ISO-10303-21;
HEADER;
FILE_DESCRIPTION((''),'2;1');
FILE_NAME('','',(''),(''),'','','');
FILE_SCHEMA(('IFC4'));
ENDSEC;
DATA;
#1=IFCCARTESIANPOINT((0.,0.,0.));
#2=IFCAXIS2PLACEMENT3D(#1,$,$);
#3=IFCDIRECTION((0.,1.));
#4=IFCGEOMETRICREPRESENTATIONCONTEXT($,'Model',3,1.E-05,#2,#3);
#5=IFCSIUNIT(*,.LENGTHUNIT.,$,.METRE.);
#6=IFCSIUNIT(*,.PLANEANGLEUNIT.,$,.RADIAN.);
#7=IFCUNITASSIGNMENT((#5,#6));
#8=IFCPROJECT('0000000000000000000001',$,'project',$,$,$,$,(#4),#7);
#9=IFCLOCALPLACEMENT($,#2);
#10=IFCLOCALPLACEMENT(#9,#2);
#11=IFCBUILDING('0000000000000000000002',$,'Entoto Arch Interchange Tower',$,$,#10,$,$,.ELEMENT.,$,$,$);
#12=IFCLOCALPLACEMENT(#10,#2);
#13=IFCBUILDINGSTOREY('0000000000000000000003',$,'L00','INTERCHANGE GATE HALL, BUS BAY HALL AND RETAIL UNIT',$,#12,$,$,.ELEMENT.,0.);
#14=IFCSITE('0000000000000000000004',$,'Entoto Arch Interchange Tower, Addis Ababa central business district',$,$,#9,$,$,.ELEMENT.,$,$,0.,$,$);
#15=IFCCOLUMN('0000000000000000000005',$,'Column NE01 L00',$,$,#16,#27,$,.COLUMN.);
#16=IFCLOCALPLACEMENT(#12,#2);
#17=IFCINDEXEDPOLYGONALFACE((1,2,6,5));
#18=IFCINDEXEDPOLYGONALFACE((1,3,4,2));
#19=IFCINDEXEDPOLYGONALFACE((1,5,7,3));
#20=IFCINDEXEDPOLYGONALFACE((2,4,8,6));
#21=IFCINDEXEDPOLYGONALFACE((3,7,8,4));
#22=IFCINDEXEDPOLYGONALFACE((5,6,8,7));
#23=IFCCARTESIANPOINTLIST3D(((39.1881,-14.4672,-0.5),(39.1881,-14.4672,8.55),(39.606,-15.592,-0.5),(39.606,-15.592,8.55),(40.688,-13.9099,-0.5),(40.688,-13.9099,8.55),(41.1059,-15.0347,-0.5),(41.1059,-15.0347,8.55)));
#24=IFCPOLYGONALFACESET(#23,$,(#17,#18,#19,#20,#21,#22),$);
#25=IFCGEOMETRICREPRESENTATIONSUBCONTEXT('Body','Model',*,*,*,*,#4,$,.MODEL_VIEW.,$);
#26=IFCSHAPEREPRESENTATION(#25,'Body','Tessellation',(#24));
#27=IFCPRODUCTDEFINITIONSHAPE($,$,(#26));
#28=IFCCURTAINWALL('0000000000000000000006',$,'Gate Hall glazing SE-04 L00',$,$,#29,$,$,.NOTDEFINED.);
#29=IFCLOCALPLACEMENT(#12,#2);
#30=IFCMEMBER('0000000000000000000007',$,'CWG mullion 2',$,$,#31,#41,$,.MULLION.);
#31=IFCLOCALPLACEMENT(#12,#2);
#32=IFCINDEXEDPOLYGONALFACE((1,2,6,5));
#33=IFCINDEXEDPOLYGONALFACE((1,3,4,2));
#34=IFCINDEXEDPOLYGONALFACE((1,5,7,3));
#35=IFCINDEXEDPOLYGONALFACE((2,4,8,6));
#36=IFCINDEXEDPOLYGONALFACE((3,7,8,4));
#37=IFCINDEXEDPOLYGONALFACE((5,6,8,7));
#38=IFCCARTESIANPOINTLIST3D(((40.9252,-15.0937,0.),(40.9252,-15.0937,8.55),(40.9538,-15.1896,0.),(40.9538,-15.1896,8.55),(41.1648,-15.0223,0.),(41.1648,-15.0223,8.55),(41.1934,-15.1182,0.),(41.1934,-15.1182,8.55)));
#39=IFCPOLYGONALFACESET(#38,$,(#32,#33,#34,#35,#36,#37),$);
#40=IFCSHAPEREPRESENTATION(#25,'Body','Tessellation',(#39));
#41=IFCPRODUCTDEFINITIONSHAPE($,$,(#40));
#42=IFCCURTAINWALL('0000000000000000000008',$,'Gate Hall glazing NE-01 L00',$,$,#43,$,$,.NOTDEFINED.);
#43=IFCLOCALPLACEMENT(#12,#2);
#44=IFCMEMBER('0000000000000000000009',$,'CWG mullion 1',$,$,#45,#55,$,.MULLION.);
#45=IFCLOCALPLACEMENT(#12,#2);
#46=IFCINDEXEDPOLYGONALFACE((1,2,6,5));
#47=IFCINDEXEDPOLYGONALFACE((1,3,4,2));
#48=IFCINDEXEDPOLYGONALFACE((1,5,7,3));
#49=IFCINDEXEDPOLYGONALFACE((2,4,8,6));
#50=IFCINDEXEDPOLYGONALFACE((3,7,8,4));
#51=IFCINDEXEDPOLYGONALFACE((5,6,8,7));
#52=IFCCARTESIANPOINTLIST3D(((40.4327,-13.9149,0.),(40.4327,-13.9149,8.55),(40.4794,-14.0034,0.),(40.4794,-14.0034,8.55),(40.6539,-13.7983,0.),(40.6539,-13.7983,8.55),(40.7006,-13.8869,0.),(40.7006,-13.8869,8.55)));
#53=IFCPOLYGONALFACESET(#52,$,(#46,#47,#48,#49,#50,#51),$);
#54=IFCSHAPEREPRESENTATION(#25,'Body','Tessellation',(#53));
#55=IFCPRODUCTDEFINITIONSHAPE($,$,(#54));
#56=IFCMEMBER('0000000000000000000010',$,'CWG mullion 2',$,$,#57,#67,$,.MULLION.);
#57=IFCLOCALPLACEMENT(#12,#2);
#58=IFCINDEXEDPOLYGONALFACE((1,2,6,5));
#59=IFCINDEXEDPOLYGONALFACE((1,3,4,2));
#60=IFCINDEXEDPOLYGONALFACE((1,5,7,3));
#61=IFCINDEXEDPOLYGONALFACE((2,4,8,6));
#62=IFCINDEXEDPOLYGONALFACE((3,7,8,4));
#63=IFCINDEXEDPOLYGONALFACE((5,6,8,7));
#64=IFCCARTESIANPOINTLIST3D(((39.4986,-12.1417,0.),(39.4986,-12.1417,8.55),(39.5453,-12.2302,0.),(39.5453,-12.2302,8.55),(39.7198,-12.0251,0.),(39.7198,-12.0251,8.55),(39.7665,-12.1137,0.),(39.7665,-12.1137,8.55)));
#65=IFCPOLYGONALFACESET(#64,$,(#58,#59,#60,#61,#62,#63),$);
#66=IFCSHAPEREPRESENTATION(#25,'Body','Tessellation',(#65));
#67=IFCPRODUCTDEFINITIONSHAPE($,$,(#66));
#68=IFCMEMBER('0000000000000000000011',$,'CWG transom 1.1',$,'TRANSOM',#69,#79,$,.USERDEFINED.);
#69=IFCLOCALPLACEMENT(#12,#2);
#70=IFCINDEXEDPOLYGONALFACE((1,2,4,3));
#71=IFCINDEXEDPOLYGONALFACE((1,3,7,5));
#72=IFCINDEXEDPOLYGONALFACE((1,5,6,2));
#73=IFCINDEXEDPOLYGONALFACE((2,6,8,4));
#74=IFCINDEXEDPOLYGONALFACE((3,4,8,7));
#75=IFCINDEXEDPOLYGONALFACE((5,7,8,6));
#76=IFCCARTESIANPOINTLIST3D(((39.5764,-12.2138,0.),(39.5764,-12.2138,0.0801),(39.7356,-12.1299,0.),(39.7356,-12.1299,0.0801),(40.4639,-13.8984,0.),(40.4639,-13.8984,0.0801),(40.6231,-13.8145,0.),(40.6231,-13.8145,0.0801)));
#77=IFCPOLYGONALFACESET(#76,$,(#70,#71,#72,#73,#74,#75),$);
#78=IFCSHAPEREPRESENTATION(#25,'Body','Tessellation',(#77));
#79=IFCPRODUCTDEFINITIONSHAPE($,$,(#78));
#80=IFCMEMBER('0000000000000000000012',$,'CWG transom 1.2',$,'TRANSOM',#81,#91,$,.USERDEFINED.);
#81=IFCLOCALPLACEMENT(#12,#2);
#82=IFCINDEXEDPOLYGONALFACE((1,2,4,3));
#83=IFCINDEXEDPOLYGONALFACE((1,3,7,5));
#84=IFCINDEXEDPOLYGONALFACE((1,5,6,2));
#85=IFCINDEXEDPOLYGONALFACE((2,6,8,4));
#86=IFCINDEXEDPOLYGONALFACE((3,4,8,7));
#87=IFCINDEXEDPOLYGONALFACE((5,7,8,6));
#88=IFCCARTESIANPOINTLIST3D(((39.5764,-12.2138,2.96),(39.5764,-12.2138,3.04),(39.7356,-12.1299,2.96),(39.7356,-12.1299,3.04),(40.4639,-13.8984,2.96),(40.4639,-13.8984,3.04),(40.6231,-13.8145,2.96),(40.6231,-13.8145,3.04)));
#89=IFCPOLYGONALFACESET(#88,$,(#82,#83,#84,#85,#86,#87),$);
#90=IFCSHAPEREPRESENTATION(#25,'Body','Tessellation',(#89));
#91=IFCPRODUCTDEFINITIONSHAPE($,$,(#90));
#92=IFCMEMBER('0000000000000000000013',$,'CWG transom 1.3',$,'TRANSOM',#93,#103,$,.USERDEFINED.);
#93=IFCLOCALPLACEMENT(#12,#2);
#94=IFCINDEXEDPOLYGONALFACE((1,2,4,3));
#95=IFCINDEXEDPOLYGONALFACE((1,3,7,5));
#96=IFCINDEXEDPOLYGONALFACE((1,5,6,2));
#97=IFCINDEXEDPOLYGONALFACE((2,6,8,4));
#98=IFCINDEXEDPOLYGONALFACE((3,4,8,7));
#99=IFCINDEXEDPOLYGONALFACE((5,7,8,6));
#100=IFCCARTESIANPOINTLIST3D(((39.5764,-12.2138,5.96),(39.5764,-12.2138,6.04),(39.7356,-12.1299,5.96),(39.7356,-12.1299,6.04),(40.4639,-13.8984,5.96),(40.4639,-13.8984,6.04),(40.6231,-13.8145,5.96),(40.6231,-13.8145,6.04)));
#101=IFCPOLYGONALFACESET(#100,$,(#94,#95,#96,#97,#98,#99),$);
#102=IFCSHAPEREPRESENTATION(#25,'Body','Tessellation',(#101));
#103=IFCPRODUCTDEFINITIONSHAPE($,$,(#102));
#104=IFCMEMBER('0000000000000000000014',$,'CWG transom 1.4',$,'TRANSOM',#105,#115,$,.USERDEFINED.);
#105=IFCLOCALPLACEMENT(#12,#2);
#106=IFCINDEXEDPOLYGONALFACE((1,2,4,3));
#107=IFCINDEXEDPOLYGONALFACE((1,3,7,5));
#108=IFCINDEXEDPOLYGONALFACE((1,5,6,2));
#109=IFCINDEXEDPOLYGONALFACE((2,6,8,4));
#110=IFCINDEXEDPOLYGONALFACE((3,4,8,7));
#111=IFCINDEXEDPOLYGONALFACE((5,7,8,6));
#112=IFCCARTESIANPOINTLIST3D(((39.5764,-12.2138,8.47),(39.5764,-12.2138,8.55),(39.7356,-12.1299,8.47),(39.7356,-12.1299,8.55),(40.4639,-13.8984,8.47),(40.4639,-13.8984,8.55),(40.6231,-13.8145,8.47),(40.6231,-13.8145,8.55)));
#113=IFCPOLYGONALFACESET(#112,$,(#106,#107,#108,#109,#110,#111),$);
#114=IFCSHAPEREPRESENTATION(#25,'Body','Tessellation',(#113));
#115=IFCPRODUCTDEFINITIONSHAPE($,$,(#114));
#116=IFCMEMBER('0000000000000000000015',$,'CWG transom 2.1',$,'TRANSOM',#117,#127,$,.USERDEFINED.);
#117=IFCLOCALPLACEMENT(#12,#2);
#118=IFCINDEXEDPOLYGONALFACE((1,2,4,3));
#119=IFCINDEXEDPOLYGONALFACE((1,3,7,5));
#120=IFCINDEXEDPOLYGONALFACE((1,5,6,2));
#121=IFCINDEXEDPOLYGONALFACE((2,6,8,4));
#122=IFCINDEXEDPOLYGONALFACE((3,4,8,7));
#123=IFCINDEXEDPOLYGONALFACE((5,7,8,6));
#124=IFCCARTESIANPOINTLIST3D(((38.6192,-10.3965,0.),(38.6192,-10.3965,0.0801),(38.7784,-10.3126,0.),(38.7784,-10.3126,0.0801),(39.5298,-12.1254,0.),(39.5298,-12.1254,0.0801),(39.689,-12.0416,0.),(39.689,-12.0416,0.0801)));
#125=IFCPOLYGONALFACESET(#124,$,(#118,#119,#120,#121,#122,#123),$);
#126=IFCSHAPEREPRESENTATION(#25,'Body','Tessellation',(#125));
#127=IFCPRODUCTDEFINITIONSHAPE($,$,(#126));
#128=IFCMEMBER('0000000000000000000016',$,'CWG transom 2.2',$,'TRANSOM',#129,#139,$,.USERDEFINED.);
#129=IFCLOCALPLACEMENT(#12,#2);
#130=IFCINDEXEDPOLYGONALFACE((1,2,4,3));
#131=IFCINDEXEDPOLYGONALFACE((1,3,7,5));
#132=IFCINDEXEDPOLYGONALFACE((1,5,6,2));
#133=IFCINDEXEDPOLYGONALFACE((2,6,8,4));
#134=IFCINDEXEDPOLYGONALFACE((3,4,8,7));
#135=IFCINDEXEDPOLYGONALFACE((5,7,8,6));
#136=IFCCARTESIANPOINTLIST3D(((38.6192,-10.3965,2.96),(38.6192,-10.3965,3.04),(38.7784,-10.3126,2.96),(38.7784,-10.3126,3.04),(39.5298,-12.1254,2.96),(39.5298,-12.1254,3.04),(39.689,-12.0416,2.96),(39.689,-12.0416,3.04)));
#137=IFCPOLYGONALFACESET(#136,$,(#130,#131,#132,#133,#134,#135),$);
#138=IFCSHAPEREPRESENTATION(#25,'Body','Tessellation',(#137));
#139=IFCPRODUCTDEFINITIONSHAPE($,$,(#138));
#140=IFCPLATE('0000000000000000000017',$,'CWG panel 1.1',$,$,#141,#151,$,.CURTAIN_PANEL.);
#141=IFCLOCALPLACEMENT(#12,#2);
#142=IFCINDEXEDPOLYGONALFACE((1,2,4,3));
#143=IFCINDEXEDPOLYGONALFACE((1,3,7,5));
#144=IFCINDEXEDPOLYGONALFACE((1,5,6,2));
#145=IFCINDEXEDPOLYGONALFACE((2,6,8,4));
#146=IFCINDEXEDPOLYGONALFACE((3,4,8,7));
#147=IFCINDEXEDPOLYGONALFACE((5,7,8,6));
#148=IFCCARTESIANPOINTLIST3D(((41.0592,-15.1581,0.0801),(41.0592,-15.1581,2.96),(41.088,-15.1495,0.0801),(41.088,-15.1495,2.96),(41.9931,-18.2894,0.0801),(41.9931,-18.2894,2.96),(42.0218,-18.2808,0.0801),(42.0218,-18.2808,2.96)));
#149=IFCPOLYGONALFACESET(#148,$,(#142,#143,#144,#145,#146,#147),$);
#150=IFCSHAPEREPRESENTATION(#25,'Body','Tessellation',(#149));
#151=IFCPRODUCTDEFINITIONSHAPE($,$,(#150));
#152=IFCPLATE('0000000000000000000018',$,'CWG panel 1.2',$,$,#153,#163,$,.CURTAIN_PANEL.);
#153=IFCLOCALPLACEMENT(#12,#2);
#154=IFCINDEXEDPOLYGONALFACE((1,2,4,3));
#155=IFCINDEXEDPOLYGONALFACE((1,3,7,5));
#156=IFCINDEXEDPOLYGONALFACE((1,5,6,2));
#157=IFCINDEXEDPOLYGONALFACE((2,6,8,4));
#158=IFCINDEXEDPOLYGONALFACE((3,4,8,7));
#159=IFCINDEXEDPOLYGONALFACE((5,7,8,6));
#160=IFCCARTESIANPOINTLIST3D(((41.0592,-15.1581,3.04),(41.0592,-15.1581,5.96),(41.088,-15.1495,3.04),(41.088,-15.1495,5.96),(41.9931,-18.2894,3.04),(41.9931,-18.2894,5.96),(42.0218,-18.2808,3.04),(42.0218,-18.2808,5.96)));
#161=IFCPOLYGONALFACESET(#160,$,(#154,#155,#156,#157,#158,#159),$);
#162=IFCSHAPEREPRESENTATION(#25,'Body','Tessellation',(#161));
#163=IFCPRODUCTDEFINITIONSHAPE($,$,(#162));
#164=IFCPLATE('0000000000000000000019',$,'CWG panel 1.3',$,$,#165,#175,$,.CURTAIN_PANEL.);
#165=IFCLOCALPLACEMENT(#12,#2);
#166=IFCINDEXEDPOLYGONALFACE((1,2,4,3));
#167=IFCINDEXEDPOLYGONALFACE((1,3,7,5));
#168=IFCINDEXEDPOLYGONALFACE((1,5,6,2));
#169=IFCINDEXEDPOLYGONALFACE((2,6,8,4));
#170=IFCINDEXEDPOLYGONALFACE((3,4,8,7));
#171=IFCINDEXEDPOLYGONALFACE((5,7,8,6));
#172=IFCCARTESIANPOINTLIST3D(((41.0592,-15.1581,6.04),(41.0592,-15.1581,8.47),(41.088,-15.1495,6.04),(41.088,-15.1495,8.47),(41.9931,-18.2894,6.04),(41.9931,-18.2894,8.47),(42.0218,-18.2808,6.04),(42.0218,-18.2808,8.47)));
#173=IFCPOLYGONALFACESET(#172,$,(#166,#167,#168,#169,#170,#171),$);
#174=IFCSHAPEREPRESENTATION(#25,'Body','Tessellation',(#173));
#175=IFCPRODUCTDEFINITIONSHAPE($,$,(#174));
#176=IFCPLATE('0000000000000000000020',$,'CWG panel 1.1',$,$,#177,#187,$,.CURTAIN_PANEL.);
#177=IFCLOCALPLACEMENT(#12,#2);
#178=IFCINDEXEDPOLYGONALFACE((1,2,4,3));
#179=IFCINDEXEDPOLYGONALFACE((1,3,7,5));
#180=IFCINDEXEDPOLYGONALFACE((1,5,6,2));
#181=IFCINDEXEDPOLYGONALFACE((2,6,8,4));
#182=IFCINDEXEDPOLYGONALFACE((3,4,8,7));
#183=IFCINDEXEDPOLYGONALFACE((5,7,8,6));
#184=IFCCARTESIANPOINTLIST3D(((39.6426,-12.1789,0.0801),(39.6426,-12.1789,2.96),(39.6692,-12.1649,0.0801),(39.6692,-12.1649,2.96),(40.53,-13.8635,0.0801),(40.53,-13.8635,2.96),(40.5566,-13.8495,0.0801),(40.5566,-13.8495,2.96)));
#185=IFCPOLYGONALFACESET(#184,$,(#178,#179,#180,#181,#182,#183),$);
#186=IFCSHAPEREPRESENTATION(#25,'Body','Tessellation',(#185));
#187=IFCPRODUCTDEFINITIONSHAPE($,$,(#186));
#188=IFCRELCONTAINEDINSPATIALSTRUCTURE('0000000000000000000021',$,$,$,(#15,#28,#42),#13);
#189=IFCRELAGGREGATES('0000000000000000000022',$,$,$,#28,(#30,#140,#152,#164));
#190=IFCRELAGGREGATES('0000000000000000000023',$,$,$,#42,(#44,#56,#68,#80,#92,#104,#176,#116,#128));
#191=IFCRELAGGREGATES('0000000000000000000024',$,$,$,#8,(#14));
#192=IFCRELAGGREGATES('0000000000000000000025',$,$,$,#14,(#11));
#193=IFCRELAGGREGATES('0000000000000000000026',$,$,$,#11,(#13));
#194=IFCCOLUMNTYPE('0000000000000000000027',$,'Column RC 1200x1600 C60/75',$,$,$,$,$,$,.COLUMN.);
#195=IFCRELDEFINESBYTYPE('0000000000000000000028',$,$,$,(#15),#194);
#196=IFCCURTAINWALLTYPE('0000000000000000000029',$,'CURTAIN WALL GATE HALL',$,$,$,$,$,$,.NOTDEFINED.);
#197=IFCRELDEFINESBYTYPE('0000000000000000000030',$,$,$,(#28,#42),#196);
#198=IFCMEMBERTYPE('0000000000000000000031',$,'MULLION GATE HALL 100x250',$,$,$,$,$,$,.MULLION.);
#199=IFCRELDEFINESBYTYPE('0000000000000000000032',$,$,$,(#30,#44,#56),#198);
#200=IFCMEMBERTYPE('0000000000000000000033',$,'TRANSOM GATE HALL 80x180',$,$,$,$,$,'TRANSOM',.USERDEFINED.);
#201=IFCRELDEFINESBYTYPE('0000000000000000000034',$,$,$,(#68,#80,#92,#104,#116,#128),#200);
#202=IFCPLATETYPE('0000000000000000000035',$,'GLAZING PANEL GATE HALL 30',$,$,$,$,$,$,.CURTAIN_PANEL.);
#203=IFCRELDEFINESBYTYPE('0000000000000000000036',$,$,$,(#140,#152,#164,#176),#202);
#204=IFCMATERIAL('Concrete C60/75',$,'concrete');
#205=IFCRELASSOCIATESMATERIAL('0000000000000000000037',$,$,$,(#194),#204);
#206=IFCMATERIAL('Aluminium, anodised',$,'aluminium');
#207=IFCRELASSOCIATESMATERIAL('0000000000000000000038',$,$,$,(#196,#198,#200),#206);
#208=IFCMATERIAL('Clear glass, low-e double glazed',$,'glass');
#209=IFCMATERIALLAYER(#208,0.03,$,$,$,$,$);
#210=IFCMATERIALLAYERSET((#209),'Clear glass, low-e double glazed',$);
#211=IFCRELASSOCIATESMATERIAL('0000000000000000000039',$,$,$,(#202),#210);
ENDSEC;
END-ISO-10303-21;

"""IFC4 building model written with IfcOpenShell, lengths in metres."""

from ifc_helpers import new_model, si_unit, direction, frame, origin, origin_2d, place, context, subcontext, project, spatial, rectangle, extrude, material, layer, layer_set, material_profile, profile_set, type_object, element, aggregate, save


model = new_model("IFC4")

# Units and contexts
model_context = context("Model", 3, precision=1e-05, world=origin(), true_north=direction((0.0, 1.0)))
body_context = subcontext(model_context, "Body", "Model", "MODEL_VIEW")
ifc_project = project(units=[si_unit("LENGTHUNIT", "METRE"), si_unit("PLANEANGLEUNIT", "RADIAN")], contexts=[model_context])

# Site, building, storey
site_placement = place(None, origin())
site = spatial("IfcSite", under=ifc_project, at=site_placement, Name="Entoto Arch Interchange Tower, Addis Ababa central business district", CompositionType="ELEMENT", RefElevation=0.0)
building_placement = place(site_placement, origin())
building = spatial("IfcBuilding", under=site, at=building_placement, Name="Entoto Arch Interchange Tower", CompositionType="ELEMENT")
storey_placement = place(building_placement, origin())
storey = spatial("IfcBuildingStorey", under=building, at=storey_placement, Name="L00", Description="INTERCHANGE GATE HALL, BUS BAY HALL AND RETAIL UNIT", CompositionType="ELEMENT", Elevation=0.0)

# Column
ifc_material_1 = material(Name="Concrete C60/75", Category="concrete")
ifc_material_profile_1 = material_profile(ifc_material_1, rectangle(XDim=1.2, YDim=1.6001, at=origin_2d()))
ifc_profile_set_1 = profile_set([ifc_material_profile_1], Name="Concrete C60/75")
column_type = type_object("IfcColumnType", Name="Column RC 1200x1600 C60/75", PredefinedType="COLUMN", material=ifc_profile_set_1)
column_placement = place(storey_placement, frame((40.147, -14.751, -0.5), z_axis=(0.0, 0.0, 1.0), x_axis=(-0.348278, 0.937391, 0.0)))
element("IfcColumn", 1, at=column_placement, inside=storey, type_object=column_type, Name="Column NE01 L00", PredefinedType="COLUMN", context=body_context, shape_type="SweptSolid", body=[
    extrude(rectangle(XDim=1.2, YDim=1.6001, at=origin_2d()), origin(), (0.0, 0.0, 1.0), 9.05),
])

# Curtain wall, member
ifc_material_2 = material(Name="Aluminium, anodised", Category="aluminium")
curtain_wall_type = type_object("IfcCurtainWallType", Name="CURTAIN WALL GATE HALL", PredefinedType="NOTDEFINED", material=ifc_material_2)
curtain_wall_1_placement = place(storey_placement, origin())
curtain_wall_1 = element("IfcCurtainWall", 2, at=curtain_wall_1_placement, inside=storey, type_object=curtain_wall_type, Name="Gate Hall glazing SE-04 L00", PredefinedType="NOTDEFINED")
ifc_material_profile_2 = material_profile(ifc_material_2, rectangle(XDim=0.25, YDim=0.1001, at=origin_2d()))
ifc_profile_set_2 = profile_set([ifc_material_profile_2], Name="Aluminium, anodised")
member_type_1 = type_object("IfcMemberType", Name="MULLION GATE HALL 100x250", PredefinedType="MULLION", material=ifc_profile_set_2)
member_1_placement = place(storey_placement, frame((41.0593, -15.106, 0.0), z_axis=(0.0, 0.0, 1.0), x_axis=(-0.958293, -0.285787, 0.0)))
member_1 = element("IfcMember", 3, at=member_1_placement, type_object=member_type_1, Name="CWG mullion 2", PredefinedType="MULLION", context=body_context, shape_type="SweptSolid", body=[
    extrude(rectangle(XDim=0.25, YDim=0.1001, at=origin_2d()), origin(), (0.0, 0.0, 1.0), 8.55),
])

# Curtain wall, members
curtain_wall_2_placement = place(storey_placement, origin())
curtain_wall_2 = element("IfcCurtainWall", 4, at=curtain_wall_2_placement, inside=storey, type_object=curtain_wall_type, Name="Gate Hall glazing NE-01 L00", PredefinedType="NOTDEFINED")
member_2_placement = place(storey_placement, frame((40.5667, -13.9009, 0.0), z_axis=(0.0, 0.0, 1.0), x_axis=(-0.884749, -0.466067, 0.0)))
member_2 = element("IfcMember", 5, at=member_2_placement, type_object=member_type_1, Name="CWG mullion 1", PredefinedType="MULLION", context=body_context, shape_type="SweptSolid", body=[
    extrude(rectangle(XDim=0.25, YDim=0.1001, at=origin_2d()), origin(), (0.0, 0.0, 1.0), 8.55),
])
member_3_placement = place(storey_placement, frame((39.6326, -12.1277, 0.0), z_axis=(0.0, 0.0, 1.0), x_axis=(-0.884749, -0.466067, 0.0)))
member_3 = element("IfcMember", 6, at=member_3_placement, type_object=member_type_1, Name="CWG mullion 2", PredefinedType="MULLION", context=body_context, shape_type="SweptSolid", body=[
    extrude(rectangle(XDim=0.25, YDim=0.1001, at=origin_2d()), origin(), (0.0, 0.0, 1.0), 8.55),
])
ifc_material_profile_3 = material_profile(ifc_material_2, rectangle(XDim=0.1799, YDim=0.0801, at=origin_2d()))
ifc_profile_set_3 = profile_set([ifc_material_profile_3], Name="Aluminium, anodised")
member_type_2 = type_object("IfcMemberType", Name="TRANSOM GATE HALL 80x180", ElementType="TRANSOM", PredefinedType="USERDEFINED", material=ifc_profile_set_3)
member_4_placement = place(storey_placement, frame((40.5435, -13.8564, 0.04), z_axis=(-0.46609, 0.884737, 0.0), x_axis=(-0.884737, -0.46609, 0.0)))
member_4 = element("IfcMember", 7, at=member_4_placement, type_object=member_type_2, Name="CWG transom 1.1", ObjectType="TRANSOM", PredefinedType="USERDEFINED", context=body_context, shape_type="SweptSolid", body=[
    extrude(rectangle(XDim=0.1799, YDim=0.0801, at=origin_2d()), origin(), (0.0, 0.0, 1.0), 1.9041),
])
member_5_placement = place(storey_placement, frame((40.5435, -13.8564, 3.0), z_axis=(-0.46609, 0.884737, 0.0), x_axis=(-0.884737, -0.46609, 0.0)))
member_5 = element("IfcMember", 8, at=member_5_placement, type_object=member_type_2, Name="CWG transom 1.2", ObjectType="TRANSOM", PredefinedType="USERDEFINED", context=body_context, shape_type="SweptSolid", body=[
    extrude(rectangle(XDim=0.1799, YDim=0.0801, at=origin_2d()), origin(), (0.0, 0.0, 1.0), 1.9041),
])
member_6_placement = place(storey_placement, frame((40.5435, -13.8564, 6.0), z_axis=(-0.46609, 0.884737, 0.0), x_axis=(-0.884737, -0.46609, 0.0)))
member_6 = element("IfcMember", 9, at=member_6_placement, type_object=member_type_2, Name="CWG transom 1.3", ObjectType="TRANSOM", PredefinedType="USERDEFINED", context=body_context, shape_type="SweptSolid", body=[
    extrude(rectangle(XDim=0.1799, YDim=0.0801, at=origin_2d()), origin(), (0.0, 0.0, 1.0), 1.9041),
])
member_7_placement = place(storey_placement, frame((40.5435, -13.8564, 8.51), z_axis=(-0.46609, 0.884737, 0.0), x_axis=(-0.884737, -0.46609, 0.0)))
member_7 = element("IfcMember", 10, at=member_7_placement, type_object=member_type_2, Name="CWG transom 1.4", ObjectType="TRANSOM", PredefinedType="USERDEFINED", context=body_context, shape_type="SweptSolid", body=[
    extrude(rectangle(XDim=0.1799, YDim=0.0801, at=origin_2d()), origin(), (0.0, 0.0, 1.0), 1.9041),
])
member_8_placement = place(storey_placement, frame((39.6094, -12.0835, 0.04), z_axis=(-0.466004, 0.884783, 0.0), x_axis=(-0.884783, -0.466004, 0.0)))
member_8 = element("IfcMember", 11, at=member_8_placement, type_object=member_type_2, Name="CWG transom 2.1", ObjectType="TRANSOM", PredefinedType="USERDEFINED", context=body_context, shape_type="SweptSolid", body=[
    extrude(rectangle(XDim=0.1799, YDim=0.0801, at=origin_2d()), origin(), (0.0, 0.0, 1.0), 1.9541),
])
member_9_placement = place(storey_placement, frame((39.6094, -12.0835, 3.0), z_axis=(-0.466004, 0.884783, 0.0), x_axis=(-0.884783, -0.466004, 0.0)))
member_9 = element("IfcMember", 12, at=member_9_placement, type_object=member_type_2, Name="CWG transom 2.2", ObjectType="TRANSOM", PredefinedType="USERDEFINED", context=body_context, shape_type="SweptSolid", body=[
    extrude(rectangle(XDim=0.1799, YDim=0.0801, at=origin_2d()), origin(), (0.0, 0.0, 1.0), 1.9541),
])

# Plates
ifc_material_3 = material(Name="Clear glass, low-e double glazed", Category="glass")
ifc_layer_1 = layer(ifc_material_3, 0.03)
ifc_layer_set_1 = layer_set([ifc_layer_1], Name="Clear glass, low-e double glazed")
plate_type = type_object("IfcPlateType", Name="GLAZING PANEL GATE HALL 30", PredefinedType="CURTAIN_PANEL", material=ifc_layer_set_1)
plate_1_placement = place(storey_placement, frame((41.5405, -16.7195, 0.0801), z_axis=(0.0, 0.0, 1.0), x_axis=(-0.285787, 0.958293, 0.0)))
plate_1 = element("IfcPlate", 13, at=plate_1_placement, type_object=plate_type, Name="CWG panel 1.1", PredefinedType="CURTAIN_PANEL", context=body_context, shape_type="SweptSolid", body=[
    extrude(rectangle(XDim=3.2676, YDim=0.03, at=origin_2d()), origin(), (0.0, 0.0, 1.0), 2.8799),
])
plate_2_placement = place(storey_placement, frame((41.5405, -16.7195, 3.04), z_axis=(0.0, 0.0, 1.0), x_axis=(-0.285787, 0.958293, 0.0)))
plate_2 = element("IfcPlate", 14, at=plate_2_placement, type_object=plate_type, Name="CWG panel 1.2", PredefinedType="CURTAIN_PANEL", context=body_context, shape_type="SweptSolid", body=[
    extrude(rectangle(XDim=3.2676, YDim=0.03, at=origin_2d()), origin(), (0.0, 0.0, 1.0), 2.9199),
])
plate_3_placement = place(storey_placement, frame((41.5405, -16.7195, 6.04), z_axis=(0.0, 0.0, 1.0), x_axis=(-0.285787, 0.958293, 0.0)))
plate_3 = element("IfcPlate", 15, at=plate_3_placement, type_object=plate_type, Name="CWG panel 1.3", PredefinedType="CURTAIN_PANEL", context=body_context, shape_type="SweptSolid", body=[
    extrude(rectangle(XDim=3.2676, YDim=0.03, at=origin_2d()), origin(), (0.0, 0.0, 1.0), 2.4299),
])
aggregate(curtain_wall_1, [member_1, plate_1, plate_2, plate_3])
plate_4_placement = place(storey_placement, frame((40.0996, -13.0142, 0.0801), z_axis=(0.0, 0.0, 1.0), x_axis=(-0.466067, 0.884749, 0.0)))
plate_4 = element("IfcPlate", 16, at=plate_4_placement, type_object=plate_type, Name="CWG panel 1.1", PredefinedType="CURTAIN_PANEL", context=body_context, shape_type="SweptSolid", body=[
    extrude(rectangle(XDim=1.9041, YDim=0.03, at=origin_2d()), origin(), (0.0, 0.0, 1.0), 2.8799),
])
aggregate(curtain_wall_2, [member_2, member_3, member_4, member_5, member_6, member_7, plate_4, member_8, member_9])

save(model, "model.ifc")
